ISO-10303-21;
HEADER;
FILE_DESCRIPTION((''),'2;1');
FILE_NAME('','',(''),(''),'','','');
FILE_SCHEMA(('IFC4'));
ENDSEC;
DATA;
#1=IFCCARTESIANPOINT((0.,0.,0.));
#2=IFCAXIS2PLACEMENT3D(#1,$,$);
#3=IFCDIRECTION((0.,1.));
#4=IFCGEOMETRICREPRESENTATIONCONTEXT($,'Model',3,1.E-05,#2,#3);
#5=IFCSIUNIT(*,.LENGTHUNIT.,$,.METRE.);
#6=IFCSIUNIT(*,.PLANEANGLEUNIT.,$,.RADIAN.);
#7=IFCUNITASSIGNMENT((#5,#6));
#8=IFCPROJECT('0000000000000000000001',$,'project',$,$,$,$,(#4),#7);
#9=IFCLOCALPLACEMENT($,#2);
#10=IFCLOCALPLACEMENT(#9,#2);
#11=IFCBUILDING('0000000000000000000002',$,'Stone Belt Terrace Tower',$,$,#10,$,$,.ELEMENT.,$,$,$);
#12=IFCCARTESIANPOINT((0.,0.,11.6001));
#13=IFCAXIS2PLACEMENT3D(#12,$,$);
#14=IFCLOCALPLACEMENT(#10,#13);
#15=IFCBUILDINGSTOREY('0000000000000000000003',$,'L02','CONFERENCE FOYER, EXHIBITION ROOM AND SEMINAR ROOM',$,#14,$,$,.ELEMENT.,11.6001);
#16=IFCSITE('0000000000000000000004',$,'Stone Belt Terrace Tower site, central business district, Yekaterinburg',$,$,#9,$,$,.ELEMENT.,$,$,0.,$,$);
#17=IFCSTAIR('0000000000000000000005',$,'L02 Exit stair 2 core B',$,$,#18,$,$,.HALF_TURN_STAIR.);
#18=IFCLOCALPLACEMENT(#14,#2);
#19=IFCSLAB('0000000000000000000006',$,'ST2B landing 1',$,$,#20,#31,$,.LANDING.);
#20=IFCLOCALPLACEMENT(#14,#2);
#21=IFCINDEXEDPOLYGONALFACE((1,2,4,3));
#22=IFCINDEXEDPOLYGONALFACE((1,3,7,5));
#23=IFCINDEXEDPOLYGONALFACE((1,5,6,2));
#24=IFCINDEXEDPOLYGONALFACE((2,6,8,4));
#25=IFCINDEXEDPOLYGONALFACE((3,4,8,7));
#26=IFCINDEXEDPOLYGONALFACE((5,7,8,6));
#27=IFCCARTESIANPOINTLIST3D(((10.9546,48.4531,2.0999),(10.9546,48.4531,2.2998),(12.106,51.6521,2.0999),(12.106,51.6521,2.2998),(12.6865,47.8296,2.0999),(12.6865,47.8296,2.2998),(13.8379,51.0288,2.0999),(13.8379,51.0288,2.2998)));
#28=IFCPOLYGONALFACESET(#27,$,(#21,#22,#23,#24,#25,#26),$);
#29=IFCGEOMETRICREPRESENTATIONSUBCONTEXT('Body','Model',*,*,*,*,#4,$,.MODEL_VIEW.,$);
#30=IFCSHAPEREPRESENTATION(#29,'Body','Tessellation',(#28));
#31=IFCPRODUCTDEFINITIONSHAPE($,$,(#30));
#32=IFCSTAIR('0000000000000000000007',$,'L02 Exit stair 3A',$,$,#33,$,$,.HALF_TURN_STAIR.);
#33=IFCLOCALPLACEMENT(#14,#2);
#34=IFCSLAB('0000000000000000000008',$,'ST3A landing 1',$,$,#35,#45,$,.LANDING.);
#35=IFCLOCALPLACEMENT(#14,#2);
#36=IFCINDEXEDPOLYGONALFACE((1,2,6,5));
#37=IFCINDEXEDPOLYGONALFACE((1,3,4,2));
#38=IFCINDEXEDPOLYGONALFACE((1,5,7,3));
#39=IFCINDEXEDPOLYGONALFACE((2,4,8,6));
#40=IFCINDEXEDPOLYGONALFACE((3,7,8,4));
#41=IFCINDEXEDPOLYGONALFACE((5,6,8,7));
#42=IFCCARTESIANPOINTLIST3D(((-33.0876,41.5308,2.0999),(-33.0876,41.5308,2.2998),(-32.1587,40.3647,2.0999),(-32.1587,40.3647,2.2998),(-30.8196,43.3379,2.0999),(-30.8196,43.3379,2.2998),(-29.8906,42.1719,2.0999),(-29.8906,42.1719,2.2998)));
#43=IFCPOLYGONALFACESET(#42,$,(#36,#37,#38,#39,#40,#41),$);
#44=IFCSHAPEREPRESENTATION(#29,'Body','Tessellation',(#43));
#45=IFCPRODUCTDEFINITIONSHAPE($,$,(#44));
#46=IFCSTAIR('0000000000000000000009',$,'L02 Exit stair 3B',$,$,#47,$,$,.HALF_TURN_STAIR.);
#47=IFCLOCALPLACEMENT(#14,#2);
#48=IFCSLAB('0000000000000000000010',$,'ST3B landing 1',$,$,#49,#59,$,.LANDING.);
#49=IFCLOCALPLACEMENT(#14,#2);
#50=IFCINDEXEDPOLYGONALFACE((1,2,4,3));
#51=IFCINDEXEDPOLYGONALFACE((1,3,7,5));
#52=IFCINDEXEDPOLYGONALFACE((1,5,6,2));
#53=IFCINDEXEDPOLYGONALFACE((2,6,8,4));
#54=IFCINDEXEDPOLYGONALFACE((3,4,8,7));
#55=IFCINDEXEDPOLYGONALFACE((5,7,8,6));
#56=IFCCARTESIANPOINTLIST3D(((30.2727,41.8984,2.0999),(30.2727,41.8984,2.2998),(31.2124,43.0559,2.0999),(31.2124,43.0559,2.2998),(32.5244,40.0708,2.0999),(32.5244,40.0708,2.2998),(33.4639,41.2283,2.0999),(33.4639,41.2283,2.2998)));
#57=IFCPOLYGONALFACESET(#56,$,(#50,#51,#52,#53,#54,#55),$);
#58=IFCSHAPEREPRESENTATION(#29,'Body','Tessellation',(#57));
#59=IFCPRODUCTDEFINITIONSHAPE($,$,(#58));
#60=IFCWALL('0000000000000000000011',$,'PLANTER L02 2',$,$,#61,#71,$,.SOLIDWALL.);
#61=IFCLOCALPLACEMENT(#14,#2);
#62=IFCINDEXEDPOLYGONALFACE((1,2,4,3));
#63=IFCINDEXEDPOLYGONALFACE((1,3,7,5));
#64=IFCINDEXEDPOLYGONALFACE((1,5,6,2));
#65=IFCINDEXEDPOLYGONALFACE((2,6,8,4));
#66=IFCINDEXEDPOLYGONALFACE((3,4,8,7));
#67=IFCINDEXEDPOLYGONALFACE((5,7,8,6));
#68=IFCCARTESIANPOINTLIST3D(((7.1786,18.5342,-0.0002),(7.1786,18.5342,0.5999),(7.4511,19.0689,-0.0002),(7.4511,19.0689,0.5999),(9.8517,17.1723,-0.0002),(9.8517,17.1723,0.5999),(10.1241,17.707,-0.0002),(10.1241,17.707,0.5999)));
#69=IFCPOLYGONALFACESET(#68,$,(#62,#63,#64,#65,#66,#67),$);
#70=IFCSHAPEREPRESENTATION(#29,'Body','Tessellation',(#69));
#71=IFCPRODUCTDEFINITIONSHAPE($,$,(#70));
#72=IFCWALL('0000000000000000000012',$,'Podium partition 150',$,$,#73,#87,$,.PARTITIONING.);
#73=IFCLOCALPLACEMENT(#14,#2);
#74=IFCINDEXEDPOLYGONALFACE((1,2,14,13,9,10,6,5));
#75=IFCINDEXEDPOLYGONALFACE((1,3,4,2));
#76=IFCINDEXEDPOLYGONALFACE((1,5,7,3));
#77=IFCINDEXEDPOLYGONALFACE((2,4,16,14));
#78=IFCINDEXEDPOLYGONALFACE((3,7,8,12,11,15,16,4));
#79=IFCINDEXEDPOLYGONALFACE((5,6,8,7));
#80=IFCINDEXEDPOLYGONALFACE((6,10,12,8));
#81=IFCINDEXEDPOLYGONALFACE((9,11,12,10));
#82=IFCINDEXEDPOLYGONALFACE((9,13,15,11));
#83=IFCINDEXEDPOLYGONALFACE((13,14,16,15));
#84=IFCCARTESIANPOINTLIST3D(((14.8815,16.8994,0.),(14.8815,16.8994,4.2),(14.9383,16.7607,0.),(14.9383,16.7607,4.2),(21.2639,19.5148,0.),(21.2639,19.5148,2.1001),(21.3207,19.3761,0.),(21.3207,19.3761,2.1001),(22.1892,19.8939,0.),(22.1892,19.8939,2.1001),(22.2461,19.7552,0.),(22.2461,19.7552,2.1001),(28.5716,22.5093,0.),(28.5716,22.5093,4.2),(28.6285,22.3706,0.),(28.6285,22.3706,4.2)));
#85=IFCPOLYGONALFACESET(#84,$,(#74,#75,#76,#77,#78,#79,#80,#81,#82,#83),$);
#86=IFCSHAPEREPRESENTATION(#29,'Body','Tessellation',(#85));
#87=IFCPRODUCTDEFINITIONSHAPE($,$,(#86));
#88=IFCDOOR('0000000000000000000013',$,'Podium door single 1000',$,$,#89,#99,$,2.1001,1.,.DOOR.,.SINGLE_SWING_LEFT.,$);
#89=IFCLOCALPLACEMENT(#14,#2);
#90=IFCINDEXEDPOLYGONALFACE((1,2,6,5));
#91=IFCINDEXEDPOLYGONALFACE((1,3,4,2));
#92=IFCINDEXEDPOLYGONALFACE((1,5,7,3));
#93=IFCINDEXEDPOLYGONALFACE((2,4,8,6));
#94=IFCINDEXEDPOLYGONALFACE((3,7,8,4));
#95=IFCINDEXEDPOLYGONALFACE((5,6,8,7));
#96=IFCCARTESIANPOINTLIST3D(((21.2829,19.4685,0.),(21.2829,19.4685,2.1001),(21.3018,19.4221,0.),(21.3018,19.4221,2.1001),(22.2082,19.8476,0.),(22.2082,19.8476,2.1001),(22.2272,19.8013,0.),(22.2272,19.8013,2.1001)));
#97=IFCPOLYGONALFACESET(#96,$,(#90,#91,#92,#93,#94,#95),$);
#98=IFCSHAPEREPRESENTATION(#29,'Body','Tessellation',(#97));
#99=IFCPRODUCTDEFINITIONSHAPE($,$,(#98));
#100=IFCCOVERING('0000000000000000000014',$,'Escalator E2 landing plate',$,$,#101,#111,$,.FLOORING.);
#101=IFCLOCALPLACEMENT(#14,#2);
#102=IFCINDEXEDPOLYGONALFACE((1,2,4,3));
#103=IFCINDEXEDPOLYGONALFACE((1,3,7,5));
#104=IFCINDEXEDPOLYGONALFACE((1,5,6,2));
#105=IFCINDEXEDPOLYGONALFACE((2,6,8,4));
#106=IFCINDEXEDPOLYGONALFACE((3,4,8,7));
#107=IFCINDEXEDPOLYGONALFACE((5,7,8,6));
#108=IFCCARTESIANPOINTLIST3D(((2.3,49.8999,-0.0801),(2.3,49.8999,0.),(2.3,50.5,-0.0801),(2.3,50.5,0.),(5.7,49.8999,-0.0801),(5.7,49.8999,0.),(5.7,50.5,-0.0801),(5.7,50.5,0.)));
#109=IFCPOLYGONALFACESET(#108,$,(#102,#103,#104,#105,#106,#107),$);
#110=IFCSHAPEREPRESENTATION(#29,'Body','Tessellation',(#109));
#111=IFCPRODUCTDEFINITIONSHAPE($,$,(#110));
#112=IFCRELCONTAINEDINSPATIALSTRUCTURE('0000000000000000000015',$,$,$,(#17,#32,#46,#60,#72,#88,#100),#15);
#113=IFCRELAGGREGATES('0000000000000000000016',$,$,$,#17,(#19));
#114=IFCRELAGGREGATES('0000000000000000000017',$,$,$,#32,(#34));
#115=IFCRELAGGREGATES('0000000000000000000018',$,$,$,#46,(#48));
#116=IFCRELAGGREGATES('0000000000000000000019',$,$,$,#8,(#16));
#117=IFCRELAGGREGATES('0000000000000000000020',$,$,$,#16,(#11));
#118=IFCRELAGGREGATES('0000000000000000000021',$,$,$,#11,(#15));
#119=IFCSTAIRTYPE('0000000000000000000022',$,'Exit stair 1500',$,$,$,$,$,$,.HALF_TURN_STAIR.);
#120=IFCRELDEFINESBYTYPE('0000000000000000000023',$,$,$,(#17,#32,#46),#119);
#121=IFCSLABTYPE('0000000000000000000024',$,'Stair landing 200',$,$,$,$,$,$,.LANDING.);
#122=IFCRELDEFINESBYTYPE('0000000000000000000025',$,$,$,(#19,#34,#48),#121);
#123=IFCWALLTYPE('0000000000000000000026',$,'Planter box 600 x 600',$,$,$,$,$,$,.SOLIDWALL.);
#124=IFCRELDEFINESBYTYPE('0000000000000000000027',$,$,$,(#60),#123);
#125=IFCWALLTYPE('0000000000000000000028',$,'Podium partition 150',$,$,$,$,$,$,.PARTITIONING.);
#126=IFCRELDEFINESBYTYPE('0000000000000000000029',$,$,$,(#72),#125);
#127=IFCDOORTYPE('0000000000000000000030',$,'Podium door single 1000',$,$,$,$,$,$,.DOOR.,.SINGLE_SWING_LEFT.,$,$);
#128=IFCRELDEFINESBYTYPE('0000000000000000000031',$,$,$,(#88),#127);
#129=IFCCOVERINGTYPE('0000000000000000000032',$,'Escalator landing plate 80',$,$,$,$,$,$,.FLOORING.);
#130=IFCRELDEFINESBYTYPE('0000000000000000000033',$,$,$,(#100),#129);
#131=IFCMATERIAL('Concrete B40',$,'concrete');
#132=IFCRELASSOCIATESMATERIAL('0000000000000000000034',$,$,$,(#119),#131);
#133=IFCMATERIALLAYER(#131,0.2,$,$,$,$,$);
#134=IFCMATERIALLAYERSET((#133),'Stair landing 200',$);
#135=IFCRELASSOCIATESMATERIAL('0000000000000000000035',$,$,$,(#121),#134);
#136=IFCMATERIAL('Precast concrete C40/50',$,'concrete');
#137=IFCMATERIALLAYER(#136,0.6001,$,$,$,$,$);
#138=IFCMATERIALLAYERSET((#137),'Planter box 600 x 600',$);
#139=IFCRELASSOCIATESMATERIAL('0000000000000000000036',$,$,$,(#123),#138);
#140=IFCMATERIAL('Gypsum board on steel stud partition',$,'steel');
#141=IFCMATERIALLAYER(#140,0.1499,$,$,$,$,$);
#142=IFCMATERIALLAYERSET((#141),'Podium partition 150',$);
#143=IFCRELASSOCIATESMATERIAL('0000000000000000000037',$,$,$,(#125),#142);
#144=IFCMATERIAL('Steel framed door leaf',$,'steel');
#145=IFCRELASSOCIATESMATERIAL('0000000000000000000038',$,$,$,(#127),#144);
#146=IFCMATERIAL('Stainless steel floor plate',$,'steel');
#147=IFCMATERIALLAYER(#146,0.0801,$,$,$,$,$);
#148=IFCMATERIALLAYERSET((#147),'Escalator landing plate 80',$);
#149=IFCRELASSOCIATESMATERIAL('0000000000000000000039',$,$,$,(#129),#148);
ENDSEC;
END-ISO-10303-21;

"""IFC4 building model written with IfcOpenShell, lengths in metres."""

from ifc_helpers import new_model, si_unit, direction, frame, frame_2d, origin, origin_2d, place, context, subcontext, project, spatial, polyline, rectangle, outline, extrude, material, layer, layer_set, type_object, element, fill, aggregate, save


model = new_model("IFC4")

# Units and contexts
model_context = context("Model", 3, precision=1e-05, world=origin(), true_north=direction((0.0, 1.0)))
body_context = subcontext(model_context, "Body", "Model", "MODEL_VIEW")
ifc_project = project(units=[si_unit("LENGTHUNIT", "METRE"), si_unit("PLANEANGLEUNIT", "RADIAN")], contexts=[model_context])

# Site, building, storey
site_placement = place(None, origin())
site = spatial("IfcSite", under=ifc_project, at=site_placement, Name="Stone Belt Terrace Tower site, central business district, Yekaterinburg", CompositionType="ELEMENT", RefElevation=0.0)
building_placement = place(site_placement, origin())
building = spatial("IfcBuilding", under=site, at=building_placement, Name="Stone Belt Terrace Tower", CompositionType="ELEMENT")
storey_placement = place(building_placement, frame((0.0, 0.0, 11.6001)))
storey = spatial("IfcBuildingStorey", under=building, at=storey_placement, Name="L02", Description="CONFERENCE FOYER, EXHIBITION ROOM AND SEMINAR ROOM", CompositionType="ELEMENT", Elevation=11.6001)

# Shared definitions
ifc_material_1 = material(Name="Concrete B40", Category="concrete")

# Stairs, slabs
stair_type_1 = type_object("IfcStairType", Name="Exit stair 1500", PredefinedType="HALF_TURN_STAIR", material=ifc_material_1)
ifc_layer_1 = layer(ifc_material_1, 0.2)
ifc_layer_set_1 = layer_set([ifc_layer_1], Name="Stair landing 200")
slab_type_1 = type_object("IfcSlabType", Name="Stair landing 200", PredefinedType="LANDING", material=ifc_layer_set_1)
stair_1_placement = place(storey_placement, origin())
stair_1 = element("IfcStair", 1, at=stair_1_placement, inside=storey, type_object=stair_type_1, Name="L02 Exit stair 2 core B", PredefinedType="HALF_TURN_STAIR")
slab_1_placement = place(storey_placement, frame((0.0, 0.0, 2.0999)))
slab_1 = element("IfcSlab", 2, at=slab_1_placement, type_object=slab_type_1, Name="ST2B landing 1", PredefinedType="LANDING", context=body_context, shape_type="SweptSolid", body=[
    extrude(outline(polyline([(13.8379, 51.0288), (12.106, 51.6521), (10.9546, 48.4531), (12.6865, 47.8296), (13.8379, 51.0288)])), origin(), (0.0, 0.0, 1.0), 0.2),
])
aggregate(stair_1, [slab_1])
stair_2_placement = place(storey_placement, origin())
stair_2 = element("IfcStair", 3, at=stair_2_placement, inside=storey, type_object=stair_type_1, Name="L02 Exit stair 3A", PredefinedType="HALF_TURN_STAIR")
slab_2_placement = place(storey_placement, frame((0.0, 0.0, 2.0999)))
slab_2 = element("IfcSlab", 4, at=slab_2_placement, type_object=slab_type_1, Name="ST3A landing 1", PredefinedType="LANDING", context=body_context, shape_type="SweptSolid", body=[
    extrude(outline(polyline([(-29.8906, 42.1719), (-30.8196, 43.3379), (-33.0876, 41.5308), (-32.1587, 40.3647), (-29.8906, 42.1719)])), origin(), (0.0, 0.0, 1.0), 0.2),
])
aggregate(stair_2, [slab_2])
stair_3_placement = place(storey_placement, origin())
stair_3 = element("IfcStair", 5, at=stair_3_placement, inside=storey, type_object=stair_type_1, Name="L02 Exit stair 3B", PredefinedType="HALF_TURN_STAIR")
slab_3_placement = place(storey_placement, frame((0.0, 0.0, 2.0999)))
slab_3 = element("IfcSlab", 6, at=slab_3_placement, type_object=slab_type_1, Name="ST3B landing 1", PredefinedType="LANDING", context=body_context, shape_type="SweptSolid", body=[
    extrude(outline(polyline([(32.5244, 40.0708), (33.4639, 41.2283), (31.2124, 43.0559), (30.2727, 41.8984), (32.5244, 40.0708)])), origin(), (0.0, 0.0, 1.0), 0.2),
])
aggregate(stair_3, [slab_3])

# Wall
ifc_material_2 = material(Name="Precast concrete C40/50", Category="concrete")
ifc_layer_2 = layer(ifc_material_2, 0.6001)
ifc_layer_set_2 = layer_set([ifc_layer_2], Name="Planter box 600 x 600")
wall_type_1 = type_object("IfcWallType", Name="Planter box 600 x 600", PredefinedType="SOLIDWALL", material=ifc_layer_set_2)
wall_1_placement = place(storey_placement, frame((8.6514, 18.1206, -0.0002), z_axis=(0.0, 0.0, 1.0), x_axis=(0.891007, -0.45399, 0.0)))
element("IfcWall", 7, at=wall_1_placement, inside=storey, type_object=wall_type_1, Name="PLANTER L02 2", PredefinedType="SOLIDWALL", context=body_context, shape_type="SweptSolid", body=[
    extrude(rectangle(XDim=3.0, YDim=0.6001, at=origin_2d()), origin(), (0.0, 0.0, 1.0), 0.6001),
])

# Wall, opening, door
ifc_material_3 = material(Name="Gypsum board on steel stud partition", Category="steel")
ifc_layer_3 = layer(ifc_material_3, 0.1499)
ifc_layer_set_3 = layer_set([ifc_layer_3], Name="Podium partition 150")
wall_type_2 = type_object("IfcWallType", Name="Podium partition 150", PredefinedType="PARTITIONING", material=ifc_layer_set_3)
wall_2_placement = place(storey_placement, frame((14.9099, 16.8301, 0.0), z_axis=(0.0, 0.0, 1.0), x_axis=(0.925326, 0.379173, 0.0)))
wall_2 = element("IfcWall", 8, at=wall_2_placement, inside=storey, type_object=wall_type_2, Name="Podium partition 150", PredefinedType="PARTITIONING", context=body_context, shape_type="SweptSolid", body=[
    extrude(rectangle(XDim=14.7949, YDim=0.1499, at=frame_2d((7.3975, 0.0))), origin(), (0.0, 0.0, 1.0), 4.2),
])
opening_placement = place(wall_2_placement, frame((6.8975, 0.0, 0.0)))
opening = element("IfcOpeningElement", 9, at=opening_placement, cuts=wall_2, PredefinedType="OPENING", context=body_context, shape_type="SweptSolid", body=[
    extrude(rectangle(XDim=1.0, YDim=2.1001, at=frame_2d((0.5, 1.05))), frame((0.0, 0.085, 0.0), z_axis=(0.0, -1.0, 0.0), x_axis=(1.0, 0.0, 0.0)), (0.0, 0.0, 1.0), 0.1699),
])
ifc_material_4 = material(Name="Steel framed door leaf", Category="steel")
door_type = type_object("IfcDoorType", Name="Podium door single 1000", OperationType="SINGLE_SWING_LEFT", PredefinedType="DOOR", material=ifc_material_4)
door_placement = place(opening_placement, origin())
door = element("IfcDoor", 10, at=door_placement, inside=storey, type_object=door_type, Name="Podium door single 1000", OperationType="SINGLE_SWING_LEFT", OverallHeight=2.1001, OverallWidth=1.0, PredefinedType="DOOR", context=body_context, shape_type="SweptSolid", body=[
    extrude(rectangle(XDim=1.0, YDim=2.1001, at=frame_2d((0.5, 1.05))), frame((0.0, 0.0249, 0.0), z_axis=(0.0, -1.0, 0.0), x_axis=(1.0, 0.0, 0.0)), (0.0, 0.0, 1.0), 0.05),
])
fill(opening, door)

# Covering
ifc_material_5 = material(Name="Stainless steel floor plate", Category="steel")
ifc_layer_4 = layer(ifc_material_5, 0.0801)
ifc_layer_set_4 = layer_set([ifc_layer_4], Name="Escalator landing plate 80")
covering_type = type_object("IfcCoveringType", Name="Escalator landing plate 80", PredefinedType="FLOORING", material=ifc_layer_set_4)
covering_placement = place(storey_placement, frame((0.0, 0.0, -0.0801)))
element("IfcCovering", 11, at=covering_placement, inside=storey, type_object=covering_type, Name="Escalator E2 landing plate", PredefinedType="FLOORING", context=body_context, shape_type="SweptSolid", body=[
    extrude(outline(polyline([(2.3, 49.8999), (2.3, 50.5), (5.7, 50.5), (5.7, 49.8999), (2.3, 49.8999)])), origin(), (0.0, 0.0, 1.0), 0.0801),
])

save(model, "model.ifc")
